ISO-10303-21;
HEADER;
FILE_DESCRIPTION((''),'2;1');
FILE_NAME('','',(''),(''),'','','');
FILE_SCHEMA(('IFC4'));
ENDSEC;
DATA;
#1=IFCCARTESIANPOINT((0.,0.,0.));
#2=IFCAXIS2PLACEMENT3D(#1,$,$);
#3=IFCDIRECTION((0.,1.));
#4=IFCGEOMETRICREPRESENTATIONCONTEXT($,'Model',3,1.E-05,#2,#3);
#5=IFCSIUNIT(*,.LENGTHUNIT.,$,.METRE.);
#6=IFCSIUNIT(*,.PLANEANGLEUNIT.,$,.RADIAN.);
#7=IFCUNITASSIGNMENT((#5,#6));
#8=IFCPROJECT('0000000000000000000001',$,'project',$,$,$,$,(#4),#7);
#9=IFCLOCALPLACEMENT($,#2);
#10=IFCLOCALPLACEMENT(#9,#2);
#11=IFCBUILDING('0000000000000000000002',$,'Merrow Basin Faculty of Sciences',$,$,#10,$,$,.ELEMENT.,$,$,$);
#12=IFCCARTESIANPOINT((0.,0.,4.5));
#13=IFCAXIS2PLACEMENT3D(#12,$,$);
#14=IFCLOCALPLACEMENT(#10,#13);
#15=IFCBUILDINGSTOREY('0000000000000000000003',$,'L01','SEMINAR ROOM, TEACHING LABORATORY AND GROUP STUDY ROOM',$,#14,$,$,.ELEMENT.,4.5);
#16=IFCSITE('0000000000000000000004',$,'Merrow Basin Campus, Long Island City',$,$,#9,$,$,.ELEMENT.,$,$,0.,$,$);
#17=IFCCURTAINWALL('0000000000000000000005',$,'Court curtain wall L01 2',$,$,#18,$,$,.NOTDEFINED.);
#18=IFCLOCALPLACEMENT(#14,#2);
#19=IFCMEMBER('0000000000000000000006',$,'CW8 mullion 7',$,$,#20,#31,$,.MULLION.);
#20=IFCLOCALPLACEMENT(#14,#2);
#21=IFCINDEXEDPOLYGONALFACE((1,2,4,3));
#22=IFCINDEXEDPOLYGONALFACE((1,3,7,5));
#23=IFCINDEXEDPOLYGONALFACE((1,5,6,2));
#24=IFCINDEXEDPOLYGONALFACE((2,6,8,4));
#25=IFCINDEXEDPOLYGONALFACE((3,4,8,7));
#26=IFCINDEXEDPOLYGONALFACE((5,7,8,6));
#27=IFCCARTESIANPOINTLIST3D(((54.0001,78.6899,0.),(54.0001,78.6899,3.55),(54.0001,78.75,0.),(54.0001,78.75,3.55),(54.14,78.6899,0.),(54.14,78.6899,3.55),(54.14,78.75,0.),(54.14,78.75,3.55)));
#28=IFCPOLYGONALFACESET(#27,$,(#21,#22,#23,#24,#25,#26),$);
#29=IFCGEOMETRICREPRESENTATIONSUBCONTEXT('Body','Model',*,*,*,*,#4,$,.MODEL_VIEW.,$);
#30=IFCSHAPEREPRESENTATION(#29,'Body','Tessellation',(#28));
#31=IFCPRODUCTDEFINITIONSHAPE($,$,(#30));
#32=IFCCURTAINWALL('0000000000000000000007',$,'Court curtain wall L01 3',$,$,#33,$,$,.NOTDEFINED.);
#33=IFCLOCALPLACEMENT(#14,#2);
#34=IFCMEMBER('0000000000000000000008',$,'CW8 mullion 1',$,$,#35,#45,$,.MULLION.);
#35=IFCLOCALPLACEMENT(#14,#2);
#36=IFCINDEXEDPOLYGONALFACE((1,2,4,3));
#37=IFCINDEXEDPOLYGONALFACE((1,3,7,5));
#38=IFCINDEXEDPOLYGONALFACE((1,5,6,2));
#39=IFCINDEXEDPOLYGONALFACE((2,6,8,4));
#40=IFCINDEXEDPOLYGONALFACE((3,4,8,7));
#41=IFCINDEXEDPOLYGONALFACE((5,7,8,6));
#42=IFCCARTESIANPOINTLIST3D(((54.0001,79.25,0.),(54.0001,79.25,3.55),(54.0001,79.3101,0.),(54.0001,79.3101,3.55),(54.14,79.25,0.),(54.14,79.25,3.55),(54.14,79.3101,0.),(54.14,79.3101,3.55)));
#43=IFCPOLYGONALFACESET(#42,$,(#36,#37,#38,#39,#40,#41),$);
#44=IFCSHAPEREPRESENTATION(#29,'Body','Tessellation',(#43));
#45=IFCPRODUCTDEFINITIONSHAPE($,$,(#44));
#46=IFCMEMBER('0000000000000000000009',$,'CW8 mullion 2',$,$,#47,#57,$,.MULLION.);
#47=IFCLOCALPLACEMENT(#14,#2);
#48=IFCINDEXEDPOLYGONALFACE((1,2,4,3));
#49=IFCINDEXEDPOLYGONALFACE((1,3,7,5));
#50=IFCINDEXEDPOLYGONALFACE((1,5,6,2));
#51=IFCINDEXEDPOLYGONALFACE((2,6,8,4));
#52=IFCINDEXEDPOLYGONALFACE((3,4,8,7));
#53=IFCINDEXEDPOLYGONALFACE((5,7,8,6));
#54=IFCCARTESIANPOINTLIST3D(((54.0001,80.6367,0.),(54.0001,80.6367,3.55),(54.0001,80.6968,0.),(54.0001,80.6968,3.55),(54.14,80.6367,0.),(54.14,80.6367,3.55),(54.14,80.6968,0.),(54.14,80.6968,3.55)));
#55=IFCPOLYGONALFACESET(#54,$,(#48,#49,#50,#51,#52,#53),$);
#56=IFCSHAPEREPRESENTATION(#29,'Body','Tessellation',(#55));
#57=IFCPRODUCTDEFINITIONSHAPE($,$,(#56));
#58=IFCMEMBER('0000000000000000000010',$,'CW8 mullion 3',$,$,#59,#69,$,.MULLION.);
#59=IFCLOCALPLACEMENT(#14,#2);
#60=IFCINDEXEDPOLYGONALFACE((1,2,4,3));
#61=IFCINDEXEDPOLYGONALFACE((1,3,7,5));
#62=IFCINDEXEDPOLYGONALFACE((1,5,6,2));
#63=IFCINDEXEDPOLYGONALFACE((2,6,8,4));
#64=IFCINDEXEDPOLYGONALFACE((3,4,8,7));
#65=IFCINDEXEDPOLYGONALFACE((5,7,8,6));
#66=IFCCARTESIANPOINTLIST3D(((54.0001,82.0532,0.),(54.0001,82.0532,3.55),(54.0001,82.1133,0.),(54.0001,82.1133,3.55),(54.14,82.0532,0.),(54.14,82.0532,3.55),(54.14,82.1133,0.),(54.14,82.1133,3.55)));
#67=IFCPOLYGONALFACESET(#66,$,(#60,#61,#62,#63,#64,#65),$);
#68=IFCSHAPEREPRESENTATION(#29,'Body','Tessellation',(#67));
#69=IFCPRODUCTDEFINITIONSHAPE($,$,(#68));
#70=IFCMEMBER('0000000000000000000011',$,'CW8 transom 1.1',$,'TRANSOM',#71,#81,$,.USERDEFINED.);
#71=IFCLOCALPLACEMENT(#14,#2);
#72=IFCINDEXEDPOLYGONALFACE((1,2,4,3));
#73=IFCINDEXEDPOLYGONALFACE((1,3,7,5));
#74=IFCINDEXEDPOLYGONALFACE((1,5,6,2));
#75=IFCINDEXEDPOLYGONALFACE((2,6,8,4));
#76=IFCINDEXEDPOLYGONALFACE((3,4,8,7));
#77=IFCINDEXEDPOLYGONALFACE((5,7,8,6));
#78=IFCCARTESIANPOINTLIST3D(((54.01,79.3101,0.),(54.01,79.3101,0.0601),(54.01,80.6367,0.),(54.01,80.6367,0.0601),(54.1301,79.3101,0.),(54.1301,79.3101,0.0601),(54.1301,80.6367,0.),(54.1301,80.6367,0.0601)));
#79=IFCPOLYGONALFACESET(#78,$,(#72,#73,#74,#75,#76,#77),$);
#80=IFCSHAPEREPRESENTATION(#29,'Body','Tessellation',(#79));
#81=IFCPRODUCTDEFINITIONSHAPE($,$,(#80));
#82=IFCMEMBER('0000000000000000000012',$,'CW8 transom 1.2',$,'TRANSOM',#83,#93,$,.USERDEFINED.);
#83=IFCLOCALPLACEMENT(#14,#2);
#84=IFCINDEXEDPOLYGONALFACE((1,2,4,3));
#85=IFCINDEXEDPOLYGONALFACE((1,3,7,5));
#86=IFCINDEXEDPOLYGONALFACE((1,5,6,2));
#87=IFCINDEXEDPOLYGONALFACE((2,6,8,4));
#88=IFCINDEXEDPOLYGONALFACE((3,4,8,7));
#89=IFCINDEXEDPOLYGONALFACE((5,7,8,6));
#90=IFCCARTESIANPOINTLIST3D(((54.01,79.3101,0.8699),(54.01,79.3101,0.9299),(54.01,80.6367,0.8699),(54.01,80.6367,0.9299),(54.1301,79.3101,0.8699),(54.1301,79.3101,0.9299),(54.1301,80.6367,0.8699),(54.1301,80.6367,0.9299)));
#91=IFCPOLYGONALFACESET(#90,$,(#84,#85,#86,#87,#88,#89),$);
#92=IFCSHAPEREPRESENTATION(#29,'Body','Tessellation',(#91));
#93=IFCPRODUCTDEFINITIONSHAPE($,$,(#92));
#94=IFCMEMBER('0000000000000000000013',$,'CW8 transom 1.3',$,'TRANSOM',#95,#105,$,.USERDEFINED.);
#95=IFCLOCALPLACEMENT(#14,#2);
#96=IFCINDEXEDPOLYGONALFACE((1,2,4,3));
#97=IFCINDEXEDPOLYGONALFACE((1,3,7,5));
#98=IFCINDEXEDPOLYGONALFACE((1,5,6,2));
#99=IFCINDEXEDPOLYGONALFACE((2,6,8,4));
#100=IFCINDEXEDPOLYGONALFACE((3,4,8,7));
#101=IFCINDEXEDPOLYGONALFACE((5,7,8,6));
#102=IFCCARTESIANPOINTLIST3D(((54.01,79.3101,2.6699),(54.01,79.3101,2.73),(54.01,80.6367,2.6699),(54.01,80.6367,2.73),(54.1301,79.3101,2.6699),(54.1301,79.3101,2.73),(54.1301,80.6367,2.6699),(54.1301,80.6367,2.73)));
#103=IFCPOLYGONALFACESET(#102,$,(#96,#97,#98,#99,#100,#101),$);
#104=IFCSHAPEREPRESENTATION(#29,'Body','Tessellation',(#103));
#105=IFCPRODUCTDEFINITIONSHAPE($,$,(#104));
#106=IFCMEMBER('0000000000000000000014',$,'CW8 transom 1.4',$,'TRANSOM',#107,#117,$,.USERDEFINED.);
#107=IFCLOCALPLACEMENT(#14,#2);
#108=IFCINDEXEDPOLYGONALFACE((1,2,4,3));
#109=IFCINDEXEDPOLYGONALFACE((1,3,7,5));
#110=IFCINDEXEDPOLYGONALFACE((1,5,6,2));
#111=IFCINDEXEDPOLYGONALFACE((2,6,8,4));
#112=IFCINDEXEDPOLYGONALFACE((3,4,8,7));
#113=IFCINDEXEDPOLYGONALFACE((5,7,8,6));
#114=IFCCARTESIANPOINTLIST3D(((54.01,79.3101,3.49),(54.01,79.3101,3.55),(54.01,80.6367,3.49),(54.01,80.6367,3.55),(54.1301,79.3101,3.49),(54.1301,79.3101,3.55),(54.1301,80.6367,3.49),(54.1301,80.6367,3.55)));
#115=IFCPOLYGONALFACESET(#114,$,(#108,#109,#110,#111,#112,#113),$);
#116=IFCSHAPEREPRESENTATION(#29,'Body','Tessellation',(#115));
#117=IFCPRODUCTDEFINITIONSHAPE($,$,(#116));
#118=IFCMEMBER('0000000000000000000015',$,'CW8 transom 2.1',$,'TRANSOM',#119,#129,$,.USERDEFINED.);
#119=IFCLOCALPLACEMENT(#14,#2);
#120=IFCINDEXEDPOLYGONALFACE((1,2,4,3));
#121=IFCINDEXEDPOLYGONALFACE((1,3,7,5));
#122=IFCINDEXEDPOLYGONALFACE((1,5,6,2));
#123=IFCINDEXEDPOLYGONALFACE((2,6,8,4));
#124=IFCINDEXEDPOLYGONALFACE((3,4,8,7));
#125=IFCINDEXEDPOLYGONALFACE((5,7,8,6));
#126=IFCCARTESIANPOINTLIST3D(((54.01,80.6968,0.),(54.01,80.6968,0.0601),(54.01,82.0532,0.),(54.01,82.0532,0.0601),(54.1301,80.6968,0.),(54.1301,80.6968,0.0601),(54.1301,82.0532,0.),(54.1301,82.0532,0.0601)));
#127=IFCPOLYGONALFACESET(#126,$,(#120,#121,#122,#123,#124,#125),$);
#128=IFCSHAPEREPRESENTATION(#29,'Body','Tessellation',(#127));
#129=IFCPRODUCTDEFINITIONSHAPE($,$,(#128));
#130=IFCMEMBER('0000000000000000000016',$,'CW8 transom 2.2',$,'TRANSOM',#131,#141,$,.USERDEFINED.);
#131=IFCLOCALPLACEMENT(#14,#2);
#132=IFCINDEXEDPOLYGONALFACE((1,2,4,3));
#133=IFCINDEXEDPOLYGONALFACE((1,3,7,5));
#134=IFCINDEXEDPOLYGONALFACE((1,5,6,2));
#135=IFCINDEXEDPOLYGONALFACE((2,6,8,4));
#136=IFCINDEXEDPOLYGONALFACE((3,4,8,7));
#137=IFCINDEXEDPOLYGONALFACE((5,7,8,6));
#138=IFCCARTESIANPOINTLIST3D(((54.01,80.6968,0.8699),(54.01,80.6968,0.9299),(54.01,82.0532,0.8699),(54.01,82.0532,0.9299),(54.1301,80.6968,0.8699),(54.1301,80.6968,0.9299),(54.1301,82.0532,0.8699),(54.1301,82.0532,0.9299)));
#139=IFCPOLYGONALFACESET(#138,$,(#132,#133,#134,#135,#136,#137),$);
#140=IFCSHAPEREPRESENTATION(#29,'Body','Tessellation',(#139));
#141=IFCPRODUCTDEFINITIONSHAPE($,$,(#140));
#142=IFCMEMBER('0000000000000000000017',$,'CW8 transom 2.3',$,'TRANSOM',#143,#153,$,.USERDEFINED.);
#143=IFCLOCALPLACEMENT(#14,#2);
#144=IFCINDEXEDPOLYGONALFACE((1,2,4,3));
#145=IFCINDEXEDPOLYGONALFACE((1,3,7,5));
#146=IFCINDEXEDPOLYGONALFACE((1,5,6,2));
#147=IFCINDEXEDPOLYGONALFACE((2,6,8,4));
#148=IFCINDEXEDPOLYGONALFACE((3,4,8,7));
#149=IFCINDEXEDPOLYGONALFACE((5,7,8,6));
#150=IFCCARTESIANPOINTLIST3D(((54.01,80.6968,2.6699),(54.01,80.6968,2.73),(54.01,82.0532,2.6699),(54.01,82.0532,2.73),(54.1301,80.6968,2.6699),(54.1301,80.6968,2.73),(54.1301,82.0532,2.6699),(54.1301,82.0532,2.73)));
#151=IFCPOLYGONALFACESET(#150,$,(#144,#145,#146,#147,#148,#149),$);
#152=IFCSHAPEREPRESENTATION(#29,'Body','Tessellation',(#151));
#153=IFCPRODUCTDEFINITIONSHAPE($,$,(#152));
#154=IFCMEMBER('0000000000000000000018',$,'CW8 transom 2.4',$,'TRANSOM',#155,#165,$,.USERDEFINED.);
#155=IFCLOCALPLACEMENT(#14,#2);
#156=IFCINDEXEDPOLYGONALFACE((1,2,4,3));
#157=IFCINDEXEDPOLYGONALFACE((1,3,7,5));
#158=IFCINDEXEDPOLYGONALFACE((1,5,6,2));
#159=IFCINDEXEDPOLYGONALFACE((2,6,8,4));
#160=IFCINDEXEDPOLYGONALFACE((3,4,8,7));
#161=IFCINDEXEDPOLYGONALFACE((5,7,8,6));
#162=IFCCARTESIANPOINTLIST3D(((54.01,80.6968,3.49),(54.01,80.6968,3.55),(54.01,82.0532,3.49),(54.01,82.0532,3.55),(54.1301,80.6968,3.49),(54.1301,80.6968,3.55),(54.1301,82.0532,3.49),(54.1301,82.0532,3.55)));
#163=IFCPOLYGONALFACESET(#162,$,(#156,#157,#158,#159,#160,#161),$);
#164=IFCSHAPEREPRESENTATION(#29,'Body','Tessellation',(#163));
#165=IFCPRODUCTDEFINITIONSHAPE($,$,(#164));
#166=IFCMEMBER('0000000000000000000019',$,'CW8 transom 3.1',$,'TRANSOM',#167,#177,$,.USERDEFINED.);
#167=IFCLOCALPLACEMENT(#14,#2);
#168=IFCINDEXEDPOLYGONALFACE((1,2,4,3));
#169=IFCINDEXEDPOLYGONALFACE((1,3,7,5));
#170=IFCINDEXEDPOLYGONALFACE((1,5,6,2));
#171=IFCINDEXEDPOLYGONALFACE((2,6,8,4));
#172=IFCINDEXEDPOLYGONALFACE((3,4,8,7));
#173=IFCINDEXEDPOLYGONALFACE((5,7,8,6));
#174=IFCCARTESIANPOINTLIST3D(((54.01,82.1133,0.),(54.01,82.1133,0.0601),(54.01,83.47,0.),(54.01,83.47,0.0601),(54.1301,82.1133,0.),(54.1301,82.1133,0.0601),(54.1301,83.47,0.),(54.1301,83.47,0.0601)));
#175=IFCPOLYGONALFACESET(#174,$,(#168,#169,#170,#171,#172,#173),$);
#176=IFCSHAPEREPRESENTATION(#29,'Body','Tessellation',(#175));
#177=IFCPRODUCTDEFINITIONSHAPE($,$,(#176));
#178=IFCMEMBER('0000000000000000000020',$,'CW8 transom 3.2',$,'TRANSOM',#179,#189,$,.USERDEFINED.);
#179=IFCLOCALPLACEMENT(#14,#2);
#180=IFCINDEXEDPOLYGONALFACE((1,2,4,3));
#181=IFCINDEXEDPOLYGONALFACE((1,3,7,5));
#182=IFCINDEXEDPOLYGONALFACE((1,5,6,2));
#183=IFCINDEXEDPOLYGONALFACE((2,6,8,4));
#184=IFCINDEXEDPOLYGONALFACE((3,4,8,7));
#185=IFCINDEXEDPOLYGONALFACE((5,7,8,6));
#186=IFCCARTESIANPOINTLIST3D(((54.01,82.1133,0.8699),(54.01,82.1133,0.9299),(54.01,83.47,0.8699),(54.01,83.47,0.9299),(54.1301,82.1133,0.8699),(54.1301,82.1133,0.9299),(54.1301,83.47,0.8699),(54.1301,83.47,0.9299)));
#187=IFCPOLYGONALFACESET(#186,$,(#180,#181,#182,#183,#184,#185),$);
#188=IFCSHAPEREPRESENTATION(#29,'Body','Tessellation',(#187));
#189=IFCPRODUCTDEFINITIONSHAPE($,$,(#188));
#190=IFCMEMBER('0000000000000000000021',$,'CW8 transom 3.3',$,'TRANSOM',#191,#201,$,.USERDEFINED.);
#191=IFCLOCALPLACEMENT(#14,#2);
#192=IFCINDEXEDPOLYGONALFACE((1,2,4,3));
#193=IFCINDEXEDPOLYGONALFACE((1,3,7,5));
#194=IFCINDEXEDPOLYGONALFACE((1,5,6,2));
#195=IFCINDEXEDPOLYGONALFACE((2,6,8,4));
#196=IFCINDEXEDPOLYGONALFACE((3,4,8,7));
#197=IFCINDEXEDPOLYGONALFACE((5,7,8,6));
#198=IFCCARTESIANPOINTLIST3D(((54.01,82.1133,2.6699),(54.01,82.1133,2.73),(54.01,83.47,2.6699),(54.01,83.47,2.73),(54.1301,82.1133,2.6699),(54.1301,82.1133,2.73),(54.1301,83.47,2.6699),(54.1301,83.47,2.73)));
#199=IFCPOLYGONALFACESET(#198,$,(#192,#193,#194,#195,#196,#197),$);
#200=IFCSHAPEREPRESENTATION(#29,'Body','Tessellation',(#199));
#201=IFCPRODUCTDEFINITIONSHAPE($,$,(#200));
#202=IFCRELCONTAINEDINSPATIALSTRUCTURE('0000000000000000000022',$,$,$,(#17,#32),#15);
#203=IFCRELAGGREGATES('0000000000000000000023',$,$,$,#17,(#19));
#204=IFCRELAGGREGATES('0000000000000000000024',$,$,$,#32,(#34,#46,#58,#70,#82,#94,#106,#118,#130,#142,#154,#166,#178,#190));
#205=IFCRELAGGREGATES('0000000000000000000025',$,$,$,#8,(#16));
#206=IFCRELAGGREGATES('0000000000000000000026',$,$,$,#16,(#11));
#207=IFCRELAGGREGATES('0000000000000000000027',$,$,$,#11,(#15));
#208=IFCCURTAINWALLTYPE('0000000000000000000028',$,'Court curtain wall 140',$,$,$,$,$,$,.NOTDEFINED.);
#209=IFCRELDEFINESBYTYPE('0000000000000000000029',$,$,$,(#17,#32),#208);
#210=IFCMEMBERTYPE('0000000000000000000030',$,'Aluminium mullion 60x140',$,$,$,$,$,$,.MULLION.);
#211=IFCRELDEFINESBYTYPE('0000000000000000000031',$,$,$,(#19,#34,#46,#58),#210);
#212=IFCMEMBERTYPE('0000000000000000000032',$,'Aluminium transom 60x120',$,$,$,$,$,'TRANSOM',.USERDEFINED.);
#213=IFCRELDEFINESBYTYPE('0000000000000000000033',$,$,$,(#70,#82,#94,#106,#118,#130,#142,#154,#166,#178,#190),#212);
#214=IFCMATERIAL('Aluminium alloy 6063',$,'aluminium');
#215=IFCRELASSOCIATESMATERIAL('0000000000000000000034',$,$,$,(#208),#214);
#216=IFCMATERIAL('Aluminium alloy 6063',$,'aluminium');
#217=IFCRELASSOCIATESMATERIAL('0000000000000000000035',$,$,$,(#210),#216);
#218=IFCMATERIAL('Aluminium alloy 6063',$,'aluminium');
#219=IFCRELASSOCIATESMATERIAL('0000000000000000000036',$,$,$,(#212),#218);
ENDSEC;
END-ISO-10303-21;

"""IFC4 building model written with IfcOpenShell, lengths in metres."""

from ifc_helpers import new_model, si_unit, direction, frame, origin, origin_2d, place, context, subcontext, project, spatial, rectangle, extrude, material, material_profile, profile_set, type_object, element, aggregate, save


model = new_model("IFC4")

# Units and contexts
model_context = context("Model", 3, precision=1e-05, world=origin(), true_north=direction((0.0, 1.0)))
body_context = subcontext(model_context, "Body", "Model", "MODEL_VIEW")
ifc_project = project(units=[si_unit("LENGTHUNIT", "METRE"), si_unit("PLANEANGLEUNIT", "RADIAN")], contexts=[model_context])

# Site, building, storey
site_placement = place(None, origin())
site = spatial("IfcSite", under=ifc_project, at=site_placement, Name="Merrow Basin Campus, Long Island City", CompositionType="ELEMENT", RefElevation=0.0)
building_placement = place(site_placement, origin())
building = spatial("IfcBuilding", under=site, at=building_placement, Name="Merrow Basin Faculty of Sciences", CompositionType="ELEMENT")
storey_placement = place(building_placement, frame((0.0, 0.0, 4.5)))
storey = spatial("IfcBuildingStorey", under=building, at=storey_placement, Name="L01", Description="SEMINAR ROOM, TEACHING LABORATORY AND GROUP STUDY ROOM", CompositionType="ELEMENT", Elevation=4.5)

# Curtain wall, member
ifc_material_1 = material(Name="Aluminium alloy 6063", Category="aluminium")
curtain_wall_type = type_object("IfcCurtainWallType", Name="Court curtain wall 140", PredefinedType="NOTDEFINED", material=ifc_material_1)
curtain_wall_1_placement = place(storey_placement, origin())
curtain_wall_1 = element("IfcCurtainWall", 1, at=curtain_wall_1_placement, inside=storey, type_object=curtain_wall_type, Name="Court curtain wall L01 2", PredefinedType="NOTDEFINED")
ifc_material_2 = material(Name="Aluminium alloy 6063", Category="aluminium")
ifc_material_profile_1 = material_profile(ifc_material_2, rectangle(XDim=0.1399, YDim=0.0601, at=origin_2d()))
ifc_profile_set_1 = profile_set([ifc_material_profile_1], Name="Aluminium alloy 6063")
member_type_1 = type_object("IfcMemberType", Name="Aluminium mullion 60x140", PredefinedType="MULLION", material=ifc_profile_set_1)
member_1_placement = place(storey_placement, frame((54.0701, 78.72, 0.0), z_axis=(0.0, 0.0, 1.0), x_axis=(-1.0, 0.0, 0.0)))
member_1 = element("IfcMember", 2, at=member_1_placement, type_object=member_type_1, Name="CW8 mullion 7", PredefinedType="MULLION", context=body_context, shape_type="SweptSolid", body=[
    extrude(rectangle(XDim=0.1399, YDim=0.0601, at=origin_2d()), origin(), (0.0, 0.0, 1.0), 3.55),
])

# Curtain wall, members
curtain_wall_2_placement = place(storey_placement, origin())
curtain_wall_2 = element("IfcCurtainWall", 3, at=curtain_wall_2_placement, inside=storey, type_object=curtain_wall_type, Name="Court curtain wall L01 3", PredefinedType="NOTDEFINED")
member_2_placement = place(storey_placement, frame((54.0701, 79.28, 0.0), z_axis=(0.0, 0.0, 1.0), x_axis=(-1.0, 0.0, 0.0)))
member_2 = element("IfcMember", 4, at=member_2_placement, type_object=member_type_1, Name="CW8 mullion 1", PredefinedType="MULLION", context=body_context, shape_type="SweptSolid", body=[
    extrude(rectangle(XDim=0.1399, YDim=0.0601, at=origin_2d()), origin(), (0.0, 0.0, 1.0), 3.55),
])
member_3_placement = place(storey_placement, frame((54.0701, 80.6667, 0.0), z_axis=(0.0, 0.0, 1.0), x_axis=(-1.0, 0.0, 0.0)))
member_3 = element("IfcMember", 5, at=member_3_placement, type_object=member_type_1, Name="CW8 mullion 2", PredefinedType="MULLION", context=body_context, shape_type="SweptSolid", body=[
    extrude(rectangle(XDim=0.1399, YDim=0.0601, at=origin_2d()), origin(), (0.0, 0.0, 1.0), 3.55),
])
member_4_placement = place(storey_placement, frame((54.0701, 82.0833, 0.0), z_axis=(0.0, 0.0, 1.0), x_axis=(-1.0, 0.0, 0.0)))
member_4 = element("IfcMember", 6, at=member_4_placement, type_object=member_type_1, Name="CW8 mullion 3", PredefinedType="MULLION", context=body_context, shape_type="SweptSolid", body=[
    extrude(rectangle(XDim=0.1399, YDim=0.0601, at=origin_2d()), origin(), (0.0, 0.0, 1.0), 3.55),
])
ifc_material_3 = material(Name="Aluminium alloy 6063", Category="aluminium")
ifc_material_profile_2 = material_profile(ifc_material_3, rectangle(XDim=0.1201, YDim=0.0601, at=origin_2d()))
ifc_profile_set_2 = profile_set([ifc_material_profile_2], Name="Aluminium alloy 6063")
member_type_2 = type_object("IfcMemberType", Name="Aluminium transom 60x120", ElementType="TRANSOM", PredefinedType="USERDEFINED", material=ifc_profile_set_2)
member_5_placement = place(storey_placement, frame((54.0701, 79.3101, 0.03), z_axis=(0.0, 1.0, 0.0), x_axis=(-1.0, 0.0, 0.0)))
member_5 = element("IfcMember", 7, at=member_5_placement, type_object=member_type_2, Name="CW8 transom 1.1", ObjectType="TRANSOM", PredefinedType="USERDEFINED", context=body_context, shape_type="SweptSolid", body=[
    extrude(rectangle(XDim=0.1201, YDim=0.0601, at=origin_2d()), origin(), (0.0, 0.0, 1.0), 1.3267),
])
member_6_placement = place(storey_placement, frame((54.0701, 79.3101, 0.8999), z_axis=(0.0, 1.0, 0.0), x_axis=(-1.0, 0.0, 0.0)))
member_6 = element("IfcMember", 8, at=member_6_placement, type_object=member_type_2, Name="CW8 transom 1.2", ObjectType="TRANSOM", PredefinedType="USERDEFINED", context=body_context, shape_type="SweptSolid", body=[
    extrude(rectangle(XDim=0.1201, YDim=0.0601, at=origin_2d()), origin(), (0.0, 0.0, 1.0), 1.3267),
])
member_7_placement = place(storey_placement, frame((54.0701, 79.3101, 2.7), z_axis=(0.0, 1.0, 0.0), x_axis=(-1.0, 0.0, 0.0)))
member_7 = element("IfcMember", 9, at=member_7_placement, type_object=member_type_2, Name="CW8 transom 1.3", ObjectType="TRANSOM", PredefinedType="USERDEFINED", context=body_context, shape_type="SweptSolid", body=[
    extrude(rectangle(XDim=0.1201, YDim=0.0601, at=origin_2d()), origin(), (0.0, 0.0, 1.0), 1.3267),
])
member_8_placement = place(storey_placement, frame((54.0701, 79.3101, 3.52), z_axis=(0.0, 1.0, 0.0), x_axis=(-1.0, 0.0, 0.0)))
member_8 = element("IfcMember", 10, at=member_8_placement, type_object=member_type_2, Name="CW8 transom 1.4", ObjectType="TRANSOM", PredefinedType="USERDEFINED", context=body_context, shape_type="SweptSolid", body=[
    extrude(rectangle(XDim=0.1201, YDim=0.0601, at=origin_2d()), origin(), (0.0, 0.0, 1.0), 1.3267),
])
member_9_placement = place(storey_placement, frame((54.0701, 80.6968, 0.03), z_axis=(0.0, 1.0, 0.0), x_axis=(-1.0, 0.0, 0.0)))
member_9 = element("IfcMember", 11, at=member_9_placement, type_object=member_type_2, Name="CW8 transom 2.1", ObjectType="TRANSOM", PredefinedType="USERDEFINED", context=body_context, shape_type="SweptSolid", body=[
    extrude(rectangle(XDim=0.1201, YDim=0.0601, at=origin_2d()), origin(), (0.0, 0.0, 1.0), 1.3564),
])
member_10_placement = place(storey_placement, frame((54.0701, 80.6968, 0.8999), z_axis=(0.0, 1.0, 0.0), x_axis=(-1.0, 0.0, 0.0)))
member_10 = element("IfcMember", 12, at=member_10_placement, type_object=member_type_2, Name="CW8 transom 2.2", ObjectType="TRANSOM", PredefinedType="USERDEFINED", context=body_context, shape_type="SweptSolid", body=[
    extrude(rectangle(XDim=0.1201, YDim=0.0601, at=origin_2d()), origin(), (0.0, 0.0, 1.0), 1.3564),
])
member_11_placement = place(storey_placement, frame((54.0701, 80.6968, 2.7), z_axis=(0.0, 1.0, 0.0), x_axis=(-1.0, 0.0, 0.0)))
member_11 = element("IfcMember", 13, at=member_11_placement, type_object=member_type_2, Name="CW8 transom 2.3", ObjectType="TRANSOM", PredefinedType="USERDEFINED", context=body_context, shape_type="SweptSolid", body=[
    extrude(rectangle(XDim=0.1201, YDim=0.0601, at=origin_2d()), origin(), (0.0, 0.0, 1.0), 1.3564),
])
member_12_placement = place(storey_placement, frame((54.0701, 80.6968, 3.52), z_axis=(0.0, 1.0, 0.0), x_axis=(-1.0, 0.0, 0.0)))
member_12 = element("IfcMember", 14, at=member_12_placement, type_object=member_type_2, Name="CW8 transom 2.4", ObjectType="TRANSOM", PredefinedType="USERDEFINED", context=body_context, shape_type="SweptSolid", body=[
    extrude(rectangle(XDim=0.1201, YDim=0.0601, at=origin_2d()), origin(), (0.0, 0.0, 1.0), 1.3564),
])
member_13_placement = place(storey_placement, frame((54.0701, 82.1133, 0.03), z_axis=(0.0, 1.0, 0.0), x_axis=(-1.0, 0.0, 0.0)))
member_13 = element("IfcMember", 15, at=member_13_placement, type_object=member_type_2, Name="CW8 transom 3.1", ObjectType="TRANSOM", PredefinedType="USERDEFINED", context=body_context, shape_type="SweptSolid", body=[
    extrude(rectangle(XDim=0.1201, YDim=0.0601, at=origin_2d()), origin(), (0.0, 0.0, 1.0), 1.3567),
])
member_14_placement = place(storey_placement, frame((54.0701, 82.1133, 0.8999), z_axis=(0.0, 1.0, 0.0), x_axis=(-1.0, 0.0, 0.0)))
member_14 = element("IfcMember", 16, at=member_14_placement, type_object=member_type_2, Name="CW8 transom 3.2", ObjectType="TRANSOM", PredefinedType="USERDEFINED", context=body_context, shape_type="SweptSolid", body=[
    extrude(rectangle(XDim=0.1201, YDim=0.0601, at=origin_2d()), origin(), (0.0, 0.0, 1.0), 1.3567),
])
member_15_placement = place(storey_placement, frame((54.0701, 82.1133, 2.7), z_axis=(0.0, 1.0, 0.0), x_axis=(-1.0, 0.0, 0.0)))
member_15 = element("IfcMember", 17, at=member_15_placement, type_object=member_type_2, Name="CW8 transom 3.3", ObjectType="TRANSOM", PredefinedType="USERDEFINED", context=body_context, shape_type="SweptSolid", body=[
    extrude(rectangle(XDim=0.1201, YDim=0.0601, at=origin_2d()), origin(), (0.0, 0.0, 1.0), 1.3567),
])

aggregate(curtain_wall_1, [member_1])
aggregate(curtain_wall_2, [member_2, member_3, member_4, member_5, member_6, member_7, member_8, member_9, member_10, member_11, member_12, member_13, member_14, member_15])

save(model, "model.ifc")
